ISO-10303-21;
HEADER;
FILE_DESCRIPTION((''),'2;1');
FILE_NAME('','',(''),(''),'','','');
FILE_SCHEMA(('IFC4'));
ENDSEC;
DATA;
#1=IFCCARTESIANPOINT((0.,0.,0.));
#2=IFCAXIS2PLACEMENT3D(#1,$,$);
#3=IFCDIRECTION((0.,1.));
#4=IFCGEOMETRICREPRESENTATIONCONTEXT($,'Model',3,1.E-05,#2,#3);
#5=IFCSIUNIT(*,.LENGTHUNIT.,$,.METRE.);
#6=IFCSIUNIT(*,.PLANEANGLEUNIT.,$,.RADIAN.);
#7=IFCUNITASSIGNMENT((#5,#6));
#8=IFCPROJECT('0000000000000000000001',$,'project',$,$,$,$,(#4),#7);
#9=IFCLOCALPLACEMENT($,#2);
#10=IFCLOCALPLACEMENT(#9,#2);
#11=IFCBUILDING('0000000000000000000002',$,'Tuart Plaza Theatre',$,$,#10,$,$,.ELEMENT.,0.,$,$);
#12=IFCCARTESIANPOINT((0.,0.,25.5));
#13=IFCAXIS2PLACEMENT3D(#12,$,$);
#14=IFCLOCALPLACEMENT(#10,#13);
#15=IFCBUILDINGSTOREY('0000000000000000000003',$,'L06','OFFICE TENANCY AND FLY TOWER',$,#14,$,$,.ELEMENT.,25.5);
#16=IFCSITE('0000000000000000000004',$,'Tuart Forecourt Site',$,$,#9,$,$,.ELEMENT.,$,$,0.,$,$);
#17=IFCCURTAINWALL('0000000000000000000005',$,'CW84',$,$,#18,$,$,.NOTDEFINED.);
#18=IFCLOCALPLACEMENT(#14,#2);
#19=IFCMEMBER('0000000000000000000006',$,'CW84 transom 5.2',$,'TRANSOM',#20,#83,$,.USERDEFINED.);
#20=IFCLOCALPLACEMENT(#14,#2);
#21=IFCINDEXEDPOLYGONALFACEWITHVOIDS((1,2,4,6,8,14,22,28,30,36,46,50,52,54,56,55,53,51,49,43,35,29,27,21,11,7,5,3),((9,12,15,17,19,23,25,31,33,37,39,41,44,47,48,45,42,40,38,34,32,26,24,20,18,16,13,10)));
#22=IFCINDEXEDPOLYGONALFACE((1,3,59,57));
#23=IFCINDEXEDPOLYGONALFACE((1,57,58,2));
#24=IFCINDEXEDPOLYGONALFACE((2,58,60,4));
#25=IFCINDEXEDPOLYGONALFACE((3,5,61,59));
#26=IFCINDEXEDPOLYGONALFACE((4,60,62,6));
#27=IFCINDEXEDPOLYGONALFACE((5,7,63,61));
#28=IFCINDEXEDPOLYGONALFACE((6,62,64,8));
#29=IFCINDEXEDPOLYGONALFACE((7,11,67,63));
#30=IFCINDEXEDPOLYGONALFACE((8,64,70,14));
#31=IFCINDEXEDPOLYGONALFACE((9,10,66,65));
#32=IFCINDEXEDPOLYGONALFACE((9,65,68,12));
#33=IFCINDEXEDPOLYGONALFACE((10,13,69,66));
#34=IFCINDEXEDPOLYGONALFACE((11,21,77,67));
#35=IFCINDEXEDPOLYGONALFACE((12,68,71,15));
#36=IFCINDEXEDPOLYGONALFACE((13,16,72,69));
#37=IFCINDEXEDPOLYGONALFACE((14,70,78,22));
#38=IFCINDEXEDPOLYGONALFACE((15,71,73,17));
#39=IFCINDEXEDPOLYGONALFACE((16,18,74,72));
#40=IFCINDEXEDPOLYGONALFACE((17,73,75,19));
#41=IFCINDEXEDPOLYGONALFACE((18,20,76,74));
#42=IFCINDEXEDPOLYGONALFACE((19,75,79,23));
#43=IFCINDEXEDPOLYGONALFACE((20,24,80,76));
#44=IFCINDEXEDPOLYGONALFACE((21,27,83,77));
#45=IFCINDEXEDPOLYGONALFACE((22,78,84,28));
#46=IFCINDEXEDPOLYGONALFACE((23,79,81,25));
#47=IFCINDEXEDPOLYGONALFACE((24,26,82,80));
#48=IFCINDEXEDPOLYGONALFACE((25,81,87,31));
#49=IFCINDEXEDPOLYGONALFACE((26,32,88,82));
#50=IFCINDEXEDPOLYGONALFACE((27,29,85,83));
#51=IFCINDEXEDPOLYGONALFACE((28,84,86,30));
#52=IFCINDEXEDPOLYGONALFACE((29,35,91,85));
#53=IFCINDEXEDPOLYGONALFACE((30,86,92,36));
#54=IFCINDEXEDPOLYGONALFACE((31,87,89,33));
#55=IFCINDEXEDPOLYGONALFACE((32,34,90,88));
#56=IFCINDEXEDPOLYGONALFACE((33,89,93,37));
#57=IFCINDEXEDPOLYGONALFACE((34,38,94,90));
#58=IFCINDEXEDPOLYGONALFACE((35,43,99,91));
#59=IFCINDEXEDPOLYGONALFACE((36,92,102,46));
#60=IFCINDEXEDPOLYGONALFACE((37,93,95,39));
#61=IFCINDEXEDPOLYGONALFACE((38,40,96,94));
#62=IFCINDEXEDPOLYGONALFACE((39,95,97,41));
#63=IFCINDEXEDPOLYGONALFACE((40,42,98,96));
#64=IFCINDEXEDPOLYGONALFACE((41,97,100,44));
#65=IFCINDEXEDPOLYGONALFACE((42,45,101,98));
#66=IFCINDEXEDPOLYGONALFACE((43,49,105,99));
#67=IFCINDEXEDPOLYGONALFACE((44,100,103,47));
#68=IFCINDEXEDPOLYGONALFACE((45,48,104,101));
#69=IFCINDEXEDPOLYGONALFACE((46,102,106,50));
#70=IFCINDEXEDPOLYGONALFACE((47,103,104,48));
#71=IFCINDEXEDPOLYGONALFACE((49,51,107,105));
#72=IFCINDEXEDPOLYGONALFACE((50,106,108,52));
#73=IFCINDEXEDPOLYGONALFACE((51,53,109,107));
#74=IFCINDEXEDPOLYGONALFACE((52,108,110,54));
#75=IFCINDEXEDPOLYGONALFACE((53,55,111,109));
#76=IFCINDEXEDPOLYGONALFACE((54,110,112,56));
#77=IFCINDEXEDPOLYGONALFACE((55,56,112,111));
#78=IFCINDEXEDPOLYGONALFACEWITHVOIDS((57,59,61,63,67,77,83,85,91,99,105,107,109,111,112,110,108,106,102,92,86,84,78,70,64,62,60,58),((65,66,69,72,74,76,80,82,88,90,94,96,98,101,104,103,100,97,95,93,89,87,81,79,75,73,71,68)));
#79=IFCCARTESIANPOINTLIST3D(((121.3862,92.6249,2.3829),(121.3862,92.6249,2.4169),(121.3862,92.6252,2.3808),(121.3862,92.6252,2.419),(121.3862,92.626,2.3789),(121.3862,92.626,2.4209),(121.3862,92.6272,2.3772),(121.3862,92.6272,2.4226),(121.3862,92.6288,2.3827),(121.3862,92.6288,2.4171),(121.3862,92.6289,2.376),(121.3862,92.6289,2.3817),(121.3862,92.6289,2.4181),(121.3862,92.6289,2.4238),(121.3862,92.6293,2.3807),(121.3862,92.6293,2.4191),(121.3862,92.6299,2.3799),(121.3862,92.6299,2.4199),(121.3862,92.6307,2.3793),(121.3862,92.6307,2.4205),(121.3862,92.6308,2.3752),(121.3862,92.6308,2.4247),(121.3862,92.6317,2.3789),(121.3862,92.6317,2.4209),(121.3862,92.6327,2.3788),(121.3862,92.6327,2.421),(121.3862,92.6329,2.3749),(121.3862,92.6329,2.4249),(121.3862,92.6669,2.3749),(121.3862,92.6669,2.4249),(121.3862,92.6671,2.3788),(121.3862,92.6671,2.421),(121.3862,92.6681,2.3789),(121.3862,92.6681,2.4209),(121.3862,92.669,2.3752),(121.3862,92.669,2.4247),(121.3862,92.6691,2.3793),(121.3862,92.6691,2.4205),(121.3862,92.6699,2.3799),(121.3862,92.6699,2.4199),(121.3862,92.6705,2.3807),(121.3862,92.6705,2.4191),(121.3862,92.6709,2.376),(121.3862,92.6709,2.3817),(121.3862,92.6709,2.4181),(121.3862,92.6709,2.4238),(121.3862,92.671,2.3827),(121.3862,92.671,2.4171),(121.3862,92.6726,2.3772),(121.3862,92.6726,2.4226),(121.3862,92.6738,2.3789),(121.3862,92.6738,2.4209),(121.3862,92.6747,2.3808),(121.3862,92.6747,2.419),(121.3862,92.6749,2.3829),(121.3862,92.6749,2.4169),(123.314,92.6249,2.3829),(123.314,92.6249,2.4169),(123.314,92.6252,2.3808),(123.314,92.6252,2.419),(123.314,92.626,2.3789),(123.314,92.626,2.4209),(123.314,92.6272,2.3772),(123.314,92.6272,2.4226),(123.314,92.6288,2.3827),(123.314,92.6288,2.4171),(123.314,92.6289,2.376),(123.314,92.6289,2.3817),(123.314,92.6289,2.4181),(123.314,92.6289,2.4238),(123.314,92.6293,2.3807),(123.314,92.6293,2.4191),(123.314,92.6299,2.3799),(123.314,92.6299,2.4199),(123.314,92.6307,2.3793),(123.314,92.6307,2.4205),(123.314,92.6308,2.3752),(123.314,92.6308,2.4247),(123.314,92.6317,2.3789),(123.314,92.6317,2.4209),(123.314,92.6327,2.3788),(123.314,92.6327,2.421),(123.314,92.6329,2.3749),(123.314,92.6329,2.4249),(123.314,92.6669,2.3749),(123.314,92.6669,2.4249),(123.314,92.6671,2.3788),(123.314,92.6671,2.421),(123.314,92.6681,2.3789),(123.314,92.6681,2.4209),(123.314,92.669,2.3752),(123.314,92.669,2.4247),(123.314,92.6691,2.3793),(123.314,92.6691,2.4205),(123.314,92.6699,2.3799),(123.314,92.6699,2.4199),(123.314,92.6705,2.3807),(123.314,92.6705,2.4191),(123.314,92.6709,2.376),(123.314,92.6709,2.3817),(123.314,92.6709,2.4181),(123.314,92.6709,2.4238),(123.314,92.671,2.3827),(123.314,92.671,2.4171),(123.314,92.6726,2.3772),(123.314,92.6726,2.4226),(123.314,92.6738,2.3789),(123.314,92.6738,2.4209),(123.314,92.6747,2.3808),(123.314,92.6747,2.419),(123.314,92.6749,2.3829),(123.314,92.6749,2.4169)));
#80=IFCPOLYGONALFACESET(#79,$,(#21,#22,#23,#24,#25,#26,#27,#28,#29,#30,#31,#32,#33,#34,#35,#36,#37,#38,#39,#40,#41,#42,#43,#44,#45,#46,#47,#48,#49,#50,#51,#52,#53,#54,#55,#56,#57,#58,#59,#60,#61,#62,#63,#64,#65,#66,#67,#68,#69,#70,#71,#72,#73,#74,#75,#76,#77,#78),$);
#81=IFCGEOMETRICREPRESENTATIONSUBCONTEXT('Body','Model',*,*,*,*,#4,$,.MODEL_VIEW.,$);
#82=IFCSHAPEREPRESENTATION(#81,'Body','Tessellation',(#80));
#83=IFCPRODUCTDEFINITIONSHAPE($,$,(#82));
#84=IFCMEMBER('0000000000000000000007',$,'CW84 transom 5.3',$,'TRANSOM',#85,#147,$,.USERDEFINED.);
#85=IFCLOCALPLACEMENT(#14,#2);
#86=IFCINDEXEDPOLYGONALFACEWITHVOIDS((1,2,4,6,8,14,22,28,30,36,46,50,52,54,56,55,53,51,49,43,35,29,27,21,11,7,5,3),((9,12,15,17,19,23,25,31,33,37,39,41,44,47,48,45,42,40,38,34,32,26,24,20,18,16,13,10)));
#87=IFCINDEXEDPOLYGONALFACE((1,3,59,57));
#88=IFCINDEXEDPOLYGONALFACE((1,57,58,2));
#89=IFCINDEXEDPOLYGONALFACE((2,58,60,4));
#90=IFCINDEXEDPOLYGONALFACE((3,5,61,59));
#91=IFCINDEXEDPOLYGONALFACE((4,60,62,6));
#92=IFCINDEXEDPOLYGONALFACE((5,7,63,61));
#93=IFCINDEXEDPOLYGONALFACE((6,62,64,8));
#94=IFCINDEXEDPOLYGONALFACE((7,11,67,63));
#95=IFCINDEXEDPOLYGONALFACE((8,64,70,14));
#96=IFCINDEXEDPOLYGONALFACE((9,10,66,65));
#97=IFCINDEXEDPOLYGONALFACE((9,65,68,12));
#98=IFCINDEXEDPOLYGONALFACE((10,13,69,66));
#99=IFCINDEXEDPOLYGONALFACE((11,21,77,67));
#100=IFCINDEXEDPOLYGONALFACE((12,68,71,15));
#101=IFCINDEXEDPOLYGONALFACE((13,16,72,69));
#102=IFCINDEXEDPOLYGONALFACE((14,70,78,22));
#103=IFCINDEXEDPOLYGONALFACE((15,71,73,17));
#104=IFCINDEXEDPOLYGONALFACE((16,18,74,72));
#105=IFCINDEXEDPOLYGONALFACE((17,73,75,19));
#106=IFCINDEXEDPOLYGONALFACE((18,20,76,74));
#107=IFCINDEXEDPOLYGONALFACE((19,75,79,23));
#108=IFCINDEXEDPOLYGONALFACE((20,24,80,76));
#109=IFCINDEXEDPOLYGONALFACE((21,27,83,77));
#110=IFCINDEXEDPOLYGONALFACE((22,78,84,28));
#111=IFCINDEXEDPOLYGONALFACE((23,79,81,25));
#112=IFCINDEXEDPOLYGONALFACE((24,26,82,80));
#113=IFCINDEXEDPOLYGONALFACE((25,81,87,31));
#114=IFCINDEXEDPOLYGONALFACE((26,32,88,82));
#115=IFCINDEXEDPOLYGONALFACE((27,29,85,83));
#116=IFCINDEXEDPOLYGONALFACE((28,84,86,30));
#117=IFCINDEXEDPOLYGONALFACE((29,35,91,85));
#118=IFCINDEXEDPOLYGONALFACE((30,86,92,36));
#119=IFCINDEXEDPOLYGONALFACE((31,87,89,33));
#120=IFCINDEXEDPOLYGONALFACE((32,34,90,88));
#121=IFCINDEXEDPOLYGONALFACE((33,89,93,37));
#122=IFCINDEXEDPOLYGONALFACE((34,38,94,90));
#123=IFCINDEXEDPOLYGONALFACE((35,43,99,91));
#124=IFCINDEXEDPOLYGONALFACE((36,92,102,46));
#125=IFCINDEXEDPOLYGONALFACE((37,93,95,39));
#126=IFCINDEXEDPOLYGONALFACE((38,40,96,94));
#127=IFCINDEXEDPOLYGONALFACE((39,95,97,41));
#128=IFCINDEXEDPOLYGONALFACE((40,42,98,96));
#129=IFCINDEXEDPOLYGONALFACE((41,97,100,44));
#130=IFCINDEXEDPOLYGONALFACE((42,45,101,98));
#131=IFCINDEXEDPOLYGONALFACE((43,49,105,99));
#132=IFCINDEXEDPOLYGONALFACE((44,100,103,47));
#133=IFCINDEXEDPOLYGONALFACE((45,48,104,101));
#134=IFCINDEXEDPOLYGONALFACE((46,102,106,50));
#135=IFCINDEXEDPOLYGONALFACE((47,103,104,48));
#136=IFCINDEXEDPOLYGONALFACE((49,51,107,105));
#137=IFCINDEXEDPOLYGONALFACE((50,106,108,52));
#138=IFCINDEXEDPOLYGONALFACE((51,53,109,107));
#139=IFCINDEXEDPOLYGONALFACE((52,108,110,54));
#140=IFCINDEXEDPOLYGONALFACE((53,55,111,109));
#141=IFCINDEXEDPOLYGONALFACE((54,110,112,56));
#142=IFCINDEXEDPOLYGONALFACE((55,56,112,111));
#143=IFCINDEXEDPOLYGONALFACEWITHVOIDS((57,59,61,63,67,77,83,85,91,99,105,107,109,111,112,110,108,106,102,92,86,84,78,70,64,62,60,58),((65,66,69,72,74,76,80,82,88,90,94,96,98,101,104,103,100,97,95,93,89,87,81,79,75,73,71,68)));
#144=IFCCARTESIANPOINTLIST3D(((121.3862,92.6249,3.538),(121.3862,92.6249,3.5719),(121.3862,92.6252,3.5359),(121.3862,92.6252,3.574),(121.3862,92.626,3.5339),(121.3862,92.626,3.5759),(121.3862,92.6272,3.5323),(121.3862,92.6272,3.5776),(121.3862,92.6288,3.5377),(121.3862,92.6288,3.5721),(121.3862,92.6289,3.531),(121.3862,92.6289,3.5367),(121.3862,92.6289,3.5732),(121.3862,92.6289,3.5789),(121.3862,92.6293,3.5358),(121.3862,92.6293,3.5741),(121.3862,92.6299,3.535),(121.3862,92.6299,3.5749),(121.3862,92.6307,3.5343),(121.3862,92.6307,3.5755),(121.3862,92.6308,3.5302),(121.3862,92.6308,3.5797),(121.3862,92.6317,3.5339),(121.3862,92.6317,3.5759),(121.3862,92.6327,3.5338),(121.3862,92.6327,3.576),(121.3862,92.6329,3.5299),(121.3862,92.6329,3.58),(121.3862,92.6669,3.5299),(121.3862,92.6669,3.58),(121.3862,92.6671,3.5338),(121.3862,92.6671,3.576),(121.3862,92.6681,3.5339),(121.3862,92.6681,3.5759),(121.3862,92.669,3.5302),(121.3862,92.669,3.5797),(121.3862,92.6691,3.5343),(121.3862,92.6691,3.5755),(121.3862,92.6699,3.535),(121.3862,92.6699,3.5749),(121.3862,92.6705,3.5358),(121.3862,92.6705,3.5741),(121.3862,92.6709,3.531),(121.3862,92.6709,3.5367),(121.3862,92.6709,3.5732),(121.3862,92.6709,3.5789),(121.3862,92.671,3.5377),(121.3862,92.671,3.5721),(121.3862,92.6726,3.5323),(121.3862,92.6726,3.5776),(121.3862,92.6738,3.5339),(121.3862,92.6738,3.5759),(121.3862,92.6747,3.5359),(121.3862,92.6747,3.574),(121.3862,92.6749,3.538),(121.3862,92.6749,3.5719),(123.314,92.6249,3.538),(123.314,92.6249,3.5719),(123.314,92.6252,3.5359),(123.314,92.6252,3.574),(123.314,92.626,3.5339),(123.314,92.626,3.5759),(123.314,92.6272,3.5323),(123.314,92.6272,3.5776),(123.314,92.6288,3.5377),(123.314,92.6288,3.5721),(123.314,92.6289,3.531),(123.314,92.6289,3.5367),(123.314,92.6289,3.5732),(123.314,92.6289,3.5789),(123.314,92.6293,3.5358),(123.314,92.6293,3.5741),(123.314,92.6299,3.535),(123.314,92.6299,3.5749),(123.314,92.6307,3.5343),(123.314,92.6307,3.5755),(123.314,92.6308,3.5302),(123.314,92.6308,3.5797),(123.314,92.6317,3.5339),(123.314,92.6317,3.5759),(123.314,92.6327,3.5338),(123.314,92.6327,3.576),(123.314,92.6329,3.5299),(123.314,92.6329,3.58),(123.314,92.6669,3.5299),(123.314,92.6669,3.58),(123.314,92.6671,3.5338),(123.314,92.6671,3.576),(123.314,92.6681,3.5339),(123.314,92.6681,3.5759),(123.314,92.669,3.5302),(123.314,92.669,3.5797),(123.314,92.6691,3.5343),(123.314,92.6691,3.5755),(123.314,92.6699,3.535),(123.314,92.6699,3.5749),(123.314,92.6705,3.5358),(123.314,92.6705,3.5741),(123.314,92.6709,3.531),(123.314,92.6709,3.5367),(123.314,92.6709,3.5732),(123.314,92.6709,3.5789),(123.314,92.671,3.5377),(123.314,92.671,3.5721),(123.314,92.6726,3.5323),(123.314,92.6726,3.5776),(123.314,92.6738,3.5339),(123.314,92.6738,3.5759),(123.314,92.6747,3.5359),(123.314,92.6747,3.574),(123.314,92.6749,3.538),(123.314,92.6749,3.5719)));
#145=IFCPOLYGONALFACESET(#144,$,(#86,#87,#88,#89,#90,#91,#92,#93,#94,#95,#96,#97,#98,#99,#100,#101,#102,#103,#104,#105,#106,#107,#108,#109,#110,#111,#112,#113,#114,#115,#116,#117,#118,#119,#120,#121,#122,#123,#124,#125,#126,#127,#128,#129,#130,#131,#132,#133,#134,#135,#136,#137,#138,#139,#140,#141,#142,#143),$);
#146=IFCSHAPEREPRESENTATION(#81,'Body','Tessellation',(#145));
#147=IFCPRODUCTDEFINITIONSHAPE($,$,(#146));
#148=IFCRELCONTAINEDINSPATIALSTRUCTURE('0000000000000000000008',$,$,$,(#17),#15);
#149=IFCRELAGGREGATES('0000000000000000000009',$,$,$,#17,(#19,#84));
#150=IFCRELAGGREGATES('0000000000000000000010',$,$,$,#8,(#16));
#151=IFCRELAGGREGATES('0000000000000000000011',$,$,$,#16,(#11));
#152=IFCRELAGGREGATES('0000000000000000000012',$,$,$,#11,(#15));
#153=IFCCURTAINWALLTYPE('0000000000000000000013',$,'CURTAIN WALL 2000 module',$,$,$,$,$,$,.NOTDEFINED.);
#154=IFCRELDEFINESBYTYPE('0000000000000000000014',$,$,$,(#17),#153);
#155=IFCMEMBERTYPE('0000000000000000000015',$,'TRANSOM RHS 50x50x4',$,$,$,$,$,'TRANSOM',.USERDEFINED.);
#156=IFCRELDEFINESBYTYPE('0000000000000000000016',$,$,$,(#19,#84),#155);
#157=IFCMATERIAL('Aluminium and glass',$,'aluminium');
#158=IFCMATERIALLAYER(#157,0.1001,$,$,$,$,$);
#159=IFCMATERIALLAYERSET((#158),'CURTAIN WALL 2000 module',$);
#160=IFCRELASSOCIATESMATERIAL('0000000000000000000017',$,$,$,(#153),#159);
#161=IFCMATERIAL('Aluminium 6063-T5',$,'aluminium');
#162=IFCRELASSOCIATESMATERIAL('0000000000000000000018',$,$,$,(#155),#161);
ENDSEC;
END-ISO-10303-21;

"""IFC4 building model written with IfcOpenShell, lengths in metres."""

from ifc_helpers import new_model, si_unit, direction, frame, origin, origin_2d, place, context, subcontext, project, spatial, hollow_rectangle, extrude, material, layer, layer_set, material_profile, profile_set, type_object, element, aggregate, save


model = new_model("IFC4")

# Units and contexts
model_context = context("Model", 3, precision=1e-05, world=origin(), true_north=direction((0.0, 1.0)))
body_context = subcontext(model_context, "Body", "Model", "MODEL_VIEW")
ifc_project = project(units=[si_unit("LENGTHUNIT", "METRE"), si_unit("PLANEANGLEUNIT", "RADIAN")], contexts=[model_context])

# Site, building, storey
site_placement = place(None, origin())
site = spatial("IfcSite", under=ifc_project, at=site_placement, Name="Tuart Forecourt Site", CompositionType="ELEMENT", RefElevation=0.0)
building_placement = place(site_placement, origin())
building = spatial("IfcBuilding", under=site, at=building_placement, Name="Tuart Plaza Theatre", CompositionType="ELEMENT", ElevationOfRefHeight=0.0)
storey_placement = place(building_placement, frame((0.0, 0.0, 25.5)))
storey = spatial("IfcBuildingStorey", under=building, at=storey_placement, Name="L06", Description="OFFICE TENANCY AND FLY TOWER", CompositionType="ELEMENT", Elevation=25.5)

# Curtain wall, members
ifc_material_1 = material(Name="Aluminium and glass", Category="aluminium")
ifc_layer_1 = layer(ifc_material_1, 0.1001)
ifc_layer_set_1 = layer_set([ifc_layer_1], Name="CURTAIN WALL 2000 module")
curtain_wall_type = type_object("IfcCurtainWallType", Name="CURTAIN WALL 2000 module", PredefinedType="NOTDEFINED", material=ifc_layer_set_1)
curtain_wall_placement = place(storey_placement, origin())
curtain_wall = element("IfcCurtainWall", 1, at=curtain_wall_placement, inside=storey, type_object=curtain_wall_type, Name="CW84", PredefinedType="NOTDEFINED")
ifc_material_2 = material(Name="Aluminium 6063-T5", Category="aluminium")
ifc_material_profile_1 = material_profile(ifc_material_2, hollow_rectangle(XDim=0.05, YDim=0.05, WallThickness=0.0039, InnerFilletRadius=0.0039, OuterFilletRadius=0.0081, at=origin_2d()), Name="RHS 50x50x4")
ifc_profile_set_1 = profile_set([ifc_material_profile_1], Name="Aluminium 6063-T5")
member_type_1 = type_object("IfcMemberType", Name="TRANSOM RHS 50x50x4", ElementType="TRANSOM", PredefinedType="USERDEFINED", material=ifc_profile_set_1)
member_1_placement = place(storey_placement, frame((123.314, 92.6499, 2.3999), z_axis=(-1.0, 0.0, 0.0), x_axis=(0.0, -1.0, 0.0)))
member_1 = element("IfcMember", 2, at=member_1_placement, type_object=member_type_1, Name="CW84 transom 5.2", ObjectType="TRANSOM", PredefinedType="USERDEFINED", context=body_context, shape_type="SweptSolid", body=[
    extrude(hollow_rectangle(XDim=0.05, YDim=0.05, WallThickness=0.0039, InnerFilletRadius=0.0039, OuterFilletRadius=0.0081, at=origin_2d()), origin(), (0.0, 0.0, 1.0), 1.9277),
])
member_2_placement = place(storey_placement, frame((123.314, 92.6499, 3.5549), z_axis=(-1.0, 0.0, 0.0), x_axis=(0.0, -1.0, 0.0)))
member_2 = element("IfcMember", 3, at=member_2_placement, type_object=member_type_1, Name="CW84 transom 5.3", ObjectType="TRANSOM", PredefinedType="USERDEFINED", context=body_context, shape_type="SweptSolid", body=[
    extrude(hollow_rectangle(XDim=0.05, YDim=0.05, WallThickness=0.0039, InnerFilletRadius=0.0039, OuterFilletRadius=0.0081, at=origin_2d()), origin(), (0.0, 0.0, 1.0), 1.9277),
])
aggregate(curtain_wall, [member_1, member_2])

save(model, "model.ifc")
